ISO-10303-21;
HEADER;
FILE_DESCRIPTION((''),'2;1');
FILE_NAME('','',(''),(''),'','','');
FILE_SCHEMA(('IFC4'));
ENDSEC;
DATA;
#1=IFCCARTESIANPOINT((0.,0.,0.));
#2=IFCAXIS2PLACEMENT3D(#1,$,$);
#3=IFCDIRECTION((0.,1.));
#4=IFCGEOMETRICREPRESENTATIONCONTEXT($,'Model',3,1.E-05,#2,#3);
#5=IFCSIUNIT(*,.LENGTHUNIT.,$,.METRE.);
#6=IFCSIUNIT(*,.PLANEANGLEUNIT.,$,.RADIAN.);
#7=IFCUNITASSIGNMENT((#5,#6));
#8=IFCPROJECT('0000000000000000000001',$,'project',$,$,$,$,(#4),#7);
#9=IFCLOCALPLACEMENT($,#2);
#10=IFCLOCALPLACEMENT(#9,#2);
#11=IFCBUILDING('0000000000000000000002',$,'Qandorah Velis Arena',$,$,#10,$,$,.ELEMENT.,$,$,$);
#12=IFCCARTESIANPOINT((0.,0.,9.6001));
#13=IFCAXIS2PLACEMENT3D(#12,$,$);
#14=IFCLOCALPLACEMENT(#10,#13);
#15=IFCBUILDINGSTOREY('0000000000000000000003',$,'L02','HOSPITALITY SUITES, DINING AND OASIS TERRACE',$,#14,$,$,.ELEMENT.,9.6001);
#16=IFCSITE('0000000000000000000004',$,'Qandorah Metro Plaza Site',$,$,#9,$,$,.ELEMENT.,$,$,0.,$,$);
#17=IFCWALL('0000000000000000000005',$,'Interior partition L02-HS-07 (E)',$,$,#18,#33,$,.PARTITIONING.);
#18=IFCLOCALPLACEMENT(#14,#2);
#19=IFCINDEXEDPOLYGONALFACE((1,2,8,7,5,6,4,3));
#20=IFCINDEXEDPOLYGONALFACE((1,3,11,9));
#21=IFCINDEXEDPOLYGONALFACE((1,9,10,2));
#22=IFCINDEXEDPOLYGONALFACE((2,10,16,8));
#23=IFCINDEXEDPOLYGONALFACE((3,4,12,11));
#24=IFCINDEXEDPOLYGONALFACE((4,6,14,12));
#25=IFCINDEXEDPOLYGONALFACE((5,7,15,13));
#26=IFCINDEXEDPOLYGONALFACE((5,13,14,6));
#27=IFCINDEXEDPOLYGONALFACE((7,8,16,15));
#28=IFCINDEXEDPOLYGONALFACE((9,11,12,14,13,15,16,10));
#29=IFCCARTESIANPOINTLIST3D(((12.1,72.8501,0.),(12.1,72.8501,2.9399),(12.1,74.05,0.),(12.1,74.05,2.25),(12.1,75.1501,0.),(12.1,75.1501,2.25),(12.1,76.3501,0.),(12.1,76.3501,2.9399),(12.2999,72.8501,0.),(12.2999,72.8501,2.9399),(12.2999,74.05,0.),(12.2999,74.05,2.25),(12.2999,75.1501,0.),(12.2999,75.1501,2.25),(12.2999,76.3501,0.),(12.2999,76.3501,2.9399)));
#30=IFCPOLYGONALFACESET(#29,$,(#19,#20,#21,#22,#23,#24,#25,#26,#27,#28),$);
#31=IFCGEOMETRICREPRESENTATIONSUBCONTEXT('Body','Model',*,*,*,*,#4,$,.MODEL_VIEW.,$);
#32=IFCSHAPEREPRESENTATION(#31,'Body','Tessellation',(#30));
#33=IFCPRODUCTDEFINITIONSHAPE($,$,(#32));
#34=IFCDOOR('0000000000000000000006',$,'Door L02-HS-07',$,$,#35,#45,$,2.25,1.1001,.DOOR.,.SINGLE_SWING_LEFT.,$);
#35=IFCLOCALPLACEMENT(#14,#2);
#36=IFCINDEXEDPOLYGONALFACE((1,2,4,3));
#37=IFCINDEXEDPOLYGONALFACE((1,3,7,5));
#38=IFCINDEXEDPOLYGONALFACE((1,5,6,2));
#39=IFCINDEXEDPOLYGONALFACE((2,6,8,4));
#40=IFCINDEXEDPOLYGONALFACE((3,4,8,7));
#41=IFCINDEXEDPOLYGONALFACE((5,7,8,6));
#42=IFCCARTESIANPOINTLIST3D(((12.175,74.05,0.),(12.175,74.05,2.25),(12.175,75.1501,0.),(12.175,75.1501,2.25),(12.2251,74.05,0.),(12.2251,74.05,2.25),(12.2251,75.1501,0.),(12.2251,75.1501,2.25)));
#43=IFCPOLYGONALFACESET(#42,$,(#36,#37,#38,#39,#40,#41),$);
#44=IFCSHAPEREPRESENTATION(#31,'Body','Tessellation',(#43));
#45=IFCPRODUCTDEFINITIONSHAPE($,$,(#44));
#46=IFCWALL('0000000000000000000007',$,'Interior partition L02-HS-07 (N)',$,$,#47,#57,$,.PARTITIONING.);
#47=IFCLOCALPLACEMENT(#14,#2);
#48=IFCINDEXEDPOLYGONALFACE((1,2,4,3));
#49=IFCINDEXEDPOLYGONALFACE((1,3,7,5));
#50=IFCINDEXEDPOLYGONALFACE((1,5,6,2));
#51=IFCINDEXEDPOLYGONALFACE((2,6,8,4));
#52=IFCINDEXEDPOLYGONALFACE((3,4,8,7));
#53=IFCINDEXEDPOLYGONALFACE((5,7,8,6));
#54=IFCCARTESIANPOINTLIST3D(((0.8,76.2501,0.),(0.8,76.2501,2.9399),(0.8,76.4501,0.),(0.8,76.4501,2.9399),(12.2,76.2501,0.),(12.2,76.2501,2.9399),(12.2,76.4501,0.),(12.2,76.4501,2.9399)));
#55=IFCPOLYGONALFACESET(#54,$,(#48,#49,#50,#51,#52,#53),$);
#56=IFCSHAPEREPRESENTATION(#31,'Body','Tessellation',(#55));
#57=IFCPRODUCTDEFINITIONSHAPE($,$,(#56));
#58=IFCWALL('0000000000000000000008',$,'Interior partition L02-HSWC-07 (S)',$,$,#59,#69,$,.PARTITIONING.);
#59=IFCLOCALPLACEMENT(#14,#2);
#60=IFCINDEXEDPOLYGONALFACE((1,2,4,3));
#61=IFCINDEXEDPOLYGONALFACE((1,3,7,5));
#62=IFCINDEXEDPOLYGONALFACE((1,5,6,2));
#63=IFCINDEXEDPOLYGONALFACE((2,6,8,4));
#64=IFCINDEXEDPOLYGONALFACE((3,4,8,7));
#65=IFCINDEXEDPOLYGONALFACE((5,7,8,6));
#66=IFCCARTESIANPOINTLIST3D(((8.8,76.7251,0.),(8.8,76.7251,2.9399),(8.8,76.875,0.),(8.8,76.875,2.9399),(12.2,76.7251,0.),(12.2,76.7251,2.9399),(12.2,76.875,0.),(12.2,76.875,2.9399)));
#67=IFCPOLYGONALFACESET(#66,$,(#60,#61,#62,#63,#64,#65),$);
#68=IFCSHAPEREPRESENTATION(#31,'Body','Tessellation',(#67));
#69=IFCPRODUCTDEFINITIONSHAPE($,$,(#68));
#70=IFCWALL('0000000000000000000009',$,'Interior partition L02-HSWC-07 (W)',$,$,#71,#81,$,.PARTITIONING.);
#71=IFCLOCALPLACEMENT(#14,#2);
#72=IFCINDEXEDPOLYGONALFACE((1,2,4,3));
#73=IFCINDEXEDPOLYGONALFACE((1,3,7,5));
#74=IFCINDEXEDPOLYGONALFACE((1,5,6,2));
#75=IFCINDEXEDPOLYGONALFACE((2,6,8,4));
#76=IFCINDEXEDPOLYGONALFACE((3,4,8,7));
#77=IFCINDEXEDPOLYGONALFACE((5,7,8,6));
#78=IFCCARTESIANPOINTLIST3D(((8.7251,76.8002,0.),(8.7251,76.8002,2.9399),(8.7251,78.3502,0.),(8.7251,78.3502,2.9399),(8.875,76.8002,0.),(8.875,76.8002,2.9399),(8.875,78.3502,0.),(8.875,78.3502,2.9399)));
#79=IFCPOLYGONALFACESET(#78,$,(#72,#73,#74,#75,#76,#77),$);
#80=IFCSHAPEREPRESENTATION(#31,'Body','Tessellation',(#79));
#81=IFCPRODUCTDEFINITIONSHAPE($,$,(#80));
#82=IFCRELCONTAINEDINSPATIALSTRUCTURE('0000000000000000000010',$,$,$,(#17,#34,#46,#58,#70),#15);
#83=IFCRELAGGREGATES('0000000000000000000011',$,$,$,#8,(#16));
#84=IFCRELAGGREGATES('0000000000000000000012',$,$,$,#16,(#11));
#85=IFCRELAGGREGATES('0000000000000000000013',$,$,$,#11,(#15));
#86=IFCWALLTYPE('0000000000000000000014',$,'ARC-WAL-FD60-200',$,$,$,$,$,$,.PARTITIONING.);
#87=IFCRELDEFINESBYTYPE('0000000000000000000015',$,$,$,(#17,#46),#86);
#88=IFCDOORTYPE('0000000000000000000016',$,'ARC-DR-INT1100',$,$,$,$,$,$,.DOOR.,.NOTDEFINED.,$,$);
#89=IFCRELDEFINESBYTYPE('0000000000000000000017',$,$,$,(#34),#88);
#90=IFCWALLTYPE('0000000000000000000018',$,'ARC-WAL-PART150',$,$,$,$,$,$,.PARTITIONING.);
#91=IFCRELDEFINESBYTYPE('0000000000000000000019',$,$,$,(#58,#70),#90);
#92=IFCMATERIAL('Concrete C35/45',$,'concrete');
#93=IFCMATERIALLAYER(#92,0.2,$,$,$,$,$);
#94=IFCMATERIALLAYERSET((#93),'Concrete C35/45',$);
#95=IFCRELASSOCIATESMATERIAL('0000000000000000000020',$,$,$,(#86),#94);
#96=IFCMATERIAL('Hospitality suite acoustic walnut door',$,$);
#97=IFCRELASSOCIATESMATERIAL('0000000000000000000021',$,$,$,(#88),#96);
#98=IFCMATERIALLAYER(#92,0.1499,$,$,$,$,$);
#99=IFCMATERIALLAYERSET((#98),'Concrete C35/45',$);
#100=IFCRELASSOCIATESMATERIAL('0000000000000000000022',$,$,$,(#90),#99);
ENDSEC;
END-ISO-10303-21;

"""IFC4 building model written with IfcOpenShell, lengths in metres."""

from ifc_helpers import new_model, si_unit, direction, frame, frame_2d, origin, place, context, subcontext, project, spatial, rectangle, extrude, material, layer, layer_set, type_object, element, fill, save


model = new_model("IFC4")

# Units and contexts
model_context = context("Model", 3, precision=1e-05, world=origin(), true_north=direction((0.0, 1.0)))
body_context = subcontext(model_context, "Body", "Model", "MODEL_VIEW")
ifc_project = project(units=[si_unit("LENGTHUNIT", "METRE"), si_unit("PLANEANGLEUNIT", "RADIAN")], contexts=[model_context])

# Site, building, storey
site_placement = place(None, origin())
site = spatial("IfcSite", under=ifc_project, at=site_placement, Name="Qandorah Metro Plaza Site", CompositionType="ELEMENT", RefElevation=0.0)
building_placement = place(site_placement, origin())
building = spatial("IfcBuilding", under=site, at=building_placement, Name="Qandorah Velis Arena", CompositionType="ELEMENT")
storey_placement = place(building_placement, frame((0.0, 0.0, 9.6001)))
storey = spatial("IfcBuildingStorey", under=building, at=storey_placement, Name="L02", Description="HOSPITALITY SUITES, DINING AND OASIS TERRACE", CompositionType="ELEMENT", Elevation=9.6001)

# Shared definitions
ifc_material_1 = material(Name="Concrete C35/45", Category="concrete")
ifc_layer_1 = layer(ifc_material_1, 0.2)
ifc_layer_set_1 = layer_set([ifc_layer_1], Name="Concrete C35/45")
wall_type_1 = type_object("IfcWallType", Name="ARC-WAL-FD60-200", PredefinedType="PARTITIONING", material=ifc_layer_set_1)

# Wall, opening, door
wall_1_placement = place(storey_placement, frame((12.2, 72.8501, 0.0), z_axis=(0.0, 0.0, 1.0), x_axis=(0.0, 1.0, 0.0)))
wall_1 = element("IfcWall", 1, at=wall_1_placement, inside=storey, type_object=wall_type_1, Name="Interior partition L02-HS-07 (E)", PredefinedType="PARTITIONING", context=body_context, shape_type="SweptSolid", body=[
    extrude(rectangle(XDim=3.5, YDim=0.2, at=frame_2d((1.75, 0.0))), origin(), (0.0, 0.0, 1.0), 2.9399),
])
opening_1_placement = place(wall_1_placement, frame((1.2, 0.0, 0.0)))
opening_1 = element("IfcOpeningElement", 2, at=opening_1_placement, cuts=wall_1, PredefinedType="OPENING", context=body_context, shape_type="SweptSolid", body=[
    extrude(rectangle(XDim=1.1001, YDim=2.25, at=frame_2d((0.55, 1.125))), frame((0.0, 0.1099, 0.0), z_axis=(0.0, -1.0, 0.0), x_axis=(1.0, 0.0, 0.0)), (0.0, 0.0, 1.0), 0.22),
])
ifc_material_2 = material(Name="Hospitality suite acoustic walnut door")
door_type_1 = type_object("IfcDoorType", Name="ARC-DR-INT1100", OperationType="NOTDEFINED", PredefinedType="DOOR", material=ifc_material_2)
door_1_placement = place(opening_1_placement, origin())
door_1 = element("IfcDoor", 3, at=door_1_placement, inside=storey, type_object=door_type_1, Name="Door L02-HS-07", OperationType="SINGLE_SWING_LEFT", OverallHeight=2.25, OverallWidth=1.1001, PredefinedType="DOOR", context=body_context, shape_type="SweptSolid", body=[
    extrude(rectangle(XDim=1.1001, YDim=2.25, at=frame_2d((0.55, 1.125))), frame((0.0, 0.0249, 0.0), z_axis=(0.0, -1.0, 0.0), x_axis=(1.0, 0.0, 0.0)), (0.0, 0.0, 1.0), 0.05),
])
fill(opening_1, door_1)

# Walls
wall_2_placement = place(storey_placement, frame((12.2, 76.3501, 0.0), z_axis=(0.0, 0.0, 1.0), x_axis=(-1.0, 0.0, 0.0)))
element("IfcWall", 4, at=wall_2_placement, inside=storey, type_object=wall_type_1, Name="Interior partition L02-HS-07 (N)", PredefinedType="PARTITIONING", context=body_context, shape_type="SweptSolid", body=[
    extrude(rectangle(XDim=11.3999, YDim=0.2, at=frame_2d((5.7, 0.0))), origin(), (0.0, 0.0, 1.0), 2.9399),
])
ifc_layer_2 = layer(ifc_material_1, 0.1499)
ifc_layer_set_2 = layer_set([ifc_layer_2], Name="Concrete C35/45")
wall_type_2 = type_object("IfcWallType", Name="ARC-WAL-PART150", PredefinedType="PARTITIONING", material=ifc_layer_set_2)
wall_3_placement = place(storey_placement, frame((8.8, 76.8, 0.0), z_axis=(0.0, 0.0, 1.0), x_axis=(1.0, 0.0, 0.0)))
element("IfcWall", 5, at=wall_3_placement, inside=storey, type_object=wall_type_2, Name="Interior partition L02-HSWC-07 (S)", PredefinedType="PARTITIONING", context=body_context, shape_type="SweptSolid", body=[
    extrude(rectangle(XDim=3.3999, YDim=0.1499, at=frame_2d((1.7, 0.0))), origin(), (0.0, 0.0, 1.0), 2.9399),
])

# Wall
wall_4_placement = place(storey_placement, frame((8.8, 78.3501, 0.0), z_axis=(0.0, 0.0, 1.0), x_axis=(0.0, -1.0, 0.0)))
element("IfcWall", 6, at=wall_4_placement, inside=storey, type_object=wall_type_2, Name="Interior partition L02-HSWC-07 (W)", PredefinedType="PARTITIONING", context=body_context, shape_type="SweptSolid", body=[
    extrude(rectangle(XDim=1.55, YDim=0.1499, at=frame_2d((0.7749, 0.0))), origin(), (0.0, 0.0, 1.0), 2.9399),
])

save(model, "model.ifc")
